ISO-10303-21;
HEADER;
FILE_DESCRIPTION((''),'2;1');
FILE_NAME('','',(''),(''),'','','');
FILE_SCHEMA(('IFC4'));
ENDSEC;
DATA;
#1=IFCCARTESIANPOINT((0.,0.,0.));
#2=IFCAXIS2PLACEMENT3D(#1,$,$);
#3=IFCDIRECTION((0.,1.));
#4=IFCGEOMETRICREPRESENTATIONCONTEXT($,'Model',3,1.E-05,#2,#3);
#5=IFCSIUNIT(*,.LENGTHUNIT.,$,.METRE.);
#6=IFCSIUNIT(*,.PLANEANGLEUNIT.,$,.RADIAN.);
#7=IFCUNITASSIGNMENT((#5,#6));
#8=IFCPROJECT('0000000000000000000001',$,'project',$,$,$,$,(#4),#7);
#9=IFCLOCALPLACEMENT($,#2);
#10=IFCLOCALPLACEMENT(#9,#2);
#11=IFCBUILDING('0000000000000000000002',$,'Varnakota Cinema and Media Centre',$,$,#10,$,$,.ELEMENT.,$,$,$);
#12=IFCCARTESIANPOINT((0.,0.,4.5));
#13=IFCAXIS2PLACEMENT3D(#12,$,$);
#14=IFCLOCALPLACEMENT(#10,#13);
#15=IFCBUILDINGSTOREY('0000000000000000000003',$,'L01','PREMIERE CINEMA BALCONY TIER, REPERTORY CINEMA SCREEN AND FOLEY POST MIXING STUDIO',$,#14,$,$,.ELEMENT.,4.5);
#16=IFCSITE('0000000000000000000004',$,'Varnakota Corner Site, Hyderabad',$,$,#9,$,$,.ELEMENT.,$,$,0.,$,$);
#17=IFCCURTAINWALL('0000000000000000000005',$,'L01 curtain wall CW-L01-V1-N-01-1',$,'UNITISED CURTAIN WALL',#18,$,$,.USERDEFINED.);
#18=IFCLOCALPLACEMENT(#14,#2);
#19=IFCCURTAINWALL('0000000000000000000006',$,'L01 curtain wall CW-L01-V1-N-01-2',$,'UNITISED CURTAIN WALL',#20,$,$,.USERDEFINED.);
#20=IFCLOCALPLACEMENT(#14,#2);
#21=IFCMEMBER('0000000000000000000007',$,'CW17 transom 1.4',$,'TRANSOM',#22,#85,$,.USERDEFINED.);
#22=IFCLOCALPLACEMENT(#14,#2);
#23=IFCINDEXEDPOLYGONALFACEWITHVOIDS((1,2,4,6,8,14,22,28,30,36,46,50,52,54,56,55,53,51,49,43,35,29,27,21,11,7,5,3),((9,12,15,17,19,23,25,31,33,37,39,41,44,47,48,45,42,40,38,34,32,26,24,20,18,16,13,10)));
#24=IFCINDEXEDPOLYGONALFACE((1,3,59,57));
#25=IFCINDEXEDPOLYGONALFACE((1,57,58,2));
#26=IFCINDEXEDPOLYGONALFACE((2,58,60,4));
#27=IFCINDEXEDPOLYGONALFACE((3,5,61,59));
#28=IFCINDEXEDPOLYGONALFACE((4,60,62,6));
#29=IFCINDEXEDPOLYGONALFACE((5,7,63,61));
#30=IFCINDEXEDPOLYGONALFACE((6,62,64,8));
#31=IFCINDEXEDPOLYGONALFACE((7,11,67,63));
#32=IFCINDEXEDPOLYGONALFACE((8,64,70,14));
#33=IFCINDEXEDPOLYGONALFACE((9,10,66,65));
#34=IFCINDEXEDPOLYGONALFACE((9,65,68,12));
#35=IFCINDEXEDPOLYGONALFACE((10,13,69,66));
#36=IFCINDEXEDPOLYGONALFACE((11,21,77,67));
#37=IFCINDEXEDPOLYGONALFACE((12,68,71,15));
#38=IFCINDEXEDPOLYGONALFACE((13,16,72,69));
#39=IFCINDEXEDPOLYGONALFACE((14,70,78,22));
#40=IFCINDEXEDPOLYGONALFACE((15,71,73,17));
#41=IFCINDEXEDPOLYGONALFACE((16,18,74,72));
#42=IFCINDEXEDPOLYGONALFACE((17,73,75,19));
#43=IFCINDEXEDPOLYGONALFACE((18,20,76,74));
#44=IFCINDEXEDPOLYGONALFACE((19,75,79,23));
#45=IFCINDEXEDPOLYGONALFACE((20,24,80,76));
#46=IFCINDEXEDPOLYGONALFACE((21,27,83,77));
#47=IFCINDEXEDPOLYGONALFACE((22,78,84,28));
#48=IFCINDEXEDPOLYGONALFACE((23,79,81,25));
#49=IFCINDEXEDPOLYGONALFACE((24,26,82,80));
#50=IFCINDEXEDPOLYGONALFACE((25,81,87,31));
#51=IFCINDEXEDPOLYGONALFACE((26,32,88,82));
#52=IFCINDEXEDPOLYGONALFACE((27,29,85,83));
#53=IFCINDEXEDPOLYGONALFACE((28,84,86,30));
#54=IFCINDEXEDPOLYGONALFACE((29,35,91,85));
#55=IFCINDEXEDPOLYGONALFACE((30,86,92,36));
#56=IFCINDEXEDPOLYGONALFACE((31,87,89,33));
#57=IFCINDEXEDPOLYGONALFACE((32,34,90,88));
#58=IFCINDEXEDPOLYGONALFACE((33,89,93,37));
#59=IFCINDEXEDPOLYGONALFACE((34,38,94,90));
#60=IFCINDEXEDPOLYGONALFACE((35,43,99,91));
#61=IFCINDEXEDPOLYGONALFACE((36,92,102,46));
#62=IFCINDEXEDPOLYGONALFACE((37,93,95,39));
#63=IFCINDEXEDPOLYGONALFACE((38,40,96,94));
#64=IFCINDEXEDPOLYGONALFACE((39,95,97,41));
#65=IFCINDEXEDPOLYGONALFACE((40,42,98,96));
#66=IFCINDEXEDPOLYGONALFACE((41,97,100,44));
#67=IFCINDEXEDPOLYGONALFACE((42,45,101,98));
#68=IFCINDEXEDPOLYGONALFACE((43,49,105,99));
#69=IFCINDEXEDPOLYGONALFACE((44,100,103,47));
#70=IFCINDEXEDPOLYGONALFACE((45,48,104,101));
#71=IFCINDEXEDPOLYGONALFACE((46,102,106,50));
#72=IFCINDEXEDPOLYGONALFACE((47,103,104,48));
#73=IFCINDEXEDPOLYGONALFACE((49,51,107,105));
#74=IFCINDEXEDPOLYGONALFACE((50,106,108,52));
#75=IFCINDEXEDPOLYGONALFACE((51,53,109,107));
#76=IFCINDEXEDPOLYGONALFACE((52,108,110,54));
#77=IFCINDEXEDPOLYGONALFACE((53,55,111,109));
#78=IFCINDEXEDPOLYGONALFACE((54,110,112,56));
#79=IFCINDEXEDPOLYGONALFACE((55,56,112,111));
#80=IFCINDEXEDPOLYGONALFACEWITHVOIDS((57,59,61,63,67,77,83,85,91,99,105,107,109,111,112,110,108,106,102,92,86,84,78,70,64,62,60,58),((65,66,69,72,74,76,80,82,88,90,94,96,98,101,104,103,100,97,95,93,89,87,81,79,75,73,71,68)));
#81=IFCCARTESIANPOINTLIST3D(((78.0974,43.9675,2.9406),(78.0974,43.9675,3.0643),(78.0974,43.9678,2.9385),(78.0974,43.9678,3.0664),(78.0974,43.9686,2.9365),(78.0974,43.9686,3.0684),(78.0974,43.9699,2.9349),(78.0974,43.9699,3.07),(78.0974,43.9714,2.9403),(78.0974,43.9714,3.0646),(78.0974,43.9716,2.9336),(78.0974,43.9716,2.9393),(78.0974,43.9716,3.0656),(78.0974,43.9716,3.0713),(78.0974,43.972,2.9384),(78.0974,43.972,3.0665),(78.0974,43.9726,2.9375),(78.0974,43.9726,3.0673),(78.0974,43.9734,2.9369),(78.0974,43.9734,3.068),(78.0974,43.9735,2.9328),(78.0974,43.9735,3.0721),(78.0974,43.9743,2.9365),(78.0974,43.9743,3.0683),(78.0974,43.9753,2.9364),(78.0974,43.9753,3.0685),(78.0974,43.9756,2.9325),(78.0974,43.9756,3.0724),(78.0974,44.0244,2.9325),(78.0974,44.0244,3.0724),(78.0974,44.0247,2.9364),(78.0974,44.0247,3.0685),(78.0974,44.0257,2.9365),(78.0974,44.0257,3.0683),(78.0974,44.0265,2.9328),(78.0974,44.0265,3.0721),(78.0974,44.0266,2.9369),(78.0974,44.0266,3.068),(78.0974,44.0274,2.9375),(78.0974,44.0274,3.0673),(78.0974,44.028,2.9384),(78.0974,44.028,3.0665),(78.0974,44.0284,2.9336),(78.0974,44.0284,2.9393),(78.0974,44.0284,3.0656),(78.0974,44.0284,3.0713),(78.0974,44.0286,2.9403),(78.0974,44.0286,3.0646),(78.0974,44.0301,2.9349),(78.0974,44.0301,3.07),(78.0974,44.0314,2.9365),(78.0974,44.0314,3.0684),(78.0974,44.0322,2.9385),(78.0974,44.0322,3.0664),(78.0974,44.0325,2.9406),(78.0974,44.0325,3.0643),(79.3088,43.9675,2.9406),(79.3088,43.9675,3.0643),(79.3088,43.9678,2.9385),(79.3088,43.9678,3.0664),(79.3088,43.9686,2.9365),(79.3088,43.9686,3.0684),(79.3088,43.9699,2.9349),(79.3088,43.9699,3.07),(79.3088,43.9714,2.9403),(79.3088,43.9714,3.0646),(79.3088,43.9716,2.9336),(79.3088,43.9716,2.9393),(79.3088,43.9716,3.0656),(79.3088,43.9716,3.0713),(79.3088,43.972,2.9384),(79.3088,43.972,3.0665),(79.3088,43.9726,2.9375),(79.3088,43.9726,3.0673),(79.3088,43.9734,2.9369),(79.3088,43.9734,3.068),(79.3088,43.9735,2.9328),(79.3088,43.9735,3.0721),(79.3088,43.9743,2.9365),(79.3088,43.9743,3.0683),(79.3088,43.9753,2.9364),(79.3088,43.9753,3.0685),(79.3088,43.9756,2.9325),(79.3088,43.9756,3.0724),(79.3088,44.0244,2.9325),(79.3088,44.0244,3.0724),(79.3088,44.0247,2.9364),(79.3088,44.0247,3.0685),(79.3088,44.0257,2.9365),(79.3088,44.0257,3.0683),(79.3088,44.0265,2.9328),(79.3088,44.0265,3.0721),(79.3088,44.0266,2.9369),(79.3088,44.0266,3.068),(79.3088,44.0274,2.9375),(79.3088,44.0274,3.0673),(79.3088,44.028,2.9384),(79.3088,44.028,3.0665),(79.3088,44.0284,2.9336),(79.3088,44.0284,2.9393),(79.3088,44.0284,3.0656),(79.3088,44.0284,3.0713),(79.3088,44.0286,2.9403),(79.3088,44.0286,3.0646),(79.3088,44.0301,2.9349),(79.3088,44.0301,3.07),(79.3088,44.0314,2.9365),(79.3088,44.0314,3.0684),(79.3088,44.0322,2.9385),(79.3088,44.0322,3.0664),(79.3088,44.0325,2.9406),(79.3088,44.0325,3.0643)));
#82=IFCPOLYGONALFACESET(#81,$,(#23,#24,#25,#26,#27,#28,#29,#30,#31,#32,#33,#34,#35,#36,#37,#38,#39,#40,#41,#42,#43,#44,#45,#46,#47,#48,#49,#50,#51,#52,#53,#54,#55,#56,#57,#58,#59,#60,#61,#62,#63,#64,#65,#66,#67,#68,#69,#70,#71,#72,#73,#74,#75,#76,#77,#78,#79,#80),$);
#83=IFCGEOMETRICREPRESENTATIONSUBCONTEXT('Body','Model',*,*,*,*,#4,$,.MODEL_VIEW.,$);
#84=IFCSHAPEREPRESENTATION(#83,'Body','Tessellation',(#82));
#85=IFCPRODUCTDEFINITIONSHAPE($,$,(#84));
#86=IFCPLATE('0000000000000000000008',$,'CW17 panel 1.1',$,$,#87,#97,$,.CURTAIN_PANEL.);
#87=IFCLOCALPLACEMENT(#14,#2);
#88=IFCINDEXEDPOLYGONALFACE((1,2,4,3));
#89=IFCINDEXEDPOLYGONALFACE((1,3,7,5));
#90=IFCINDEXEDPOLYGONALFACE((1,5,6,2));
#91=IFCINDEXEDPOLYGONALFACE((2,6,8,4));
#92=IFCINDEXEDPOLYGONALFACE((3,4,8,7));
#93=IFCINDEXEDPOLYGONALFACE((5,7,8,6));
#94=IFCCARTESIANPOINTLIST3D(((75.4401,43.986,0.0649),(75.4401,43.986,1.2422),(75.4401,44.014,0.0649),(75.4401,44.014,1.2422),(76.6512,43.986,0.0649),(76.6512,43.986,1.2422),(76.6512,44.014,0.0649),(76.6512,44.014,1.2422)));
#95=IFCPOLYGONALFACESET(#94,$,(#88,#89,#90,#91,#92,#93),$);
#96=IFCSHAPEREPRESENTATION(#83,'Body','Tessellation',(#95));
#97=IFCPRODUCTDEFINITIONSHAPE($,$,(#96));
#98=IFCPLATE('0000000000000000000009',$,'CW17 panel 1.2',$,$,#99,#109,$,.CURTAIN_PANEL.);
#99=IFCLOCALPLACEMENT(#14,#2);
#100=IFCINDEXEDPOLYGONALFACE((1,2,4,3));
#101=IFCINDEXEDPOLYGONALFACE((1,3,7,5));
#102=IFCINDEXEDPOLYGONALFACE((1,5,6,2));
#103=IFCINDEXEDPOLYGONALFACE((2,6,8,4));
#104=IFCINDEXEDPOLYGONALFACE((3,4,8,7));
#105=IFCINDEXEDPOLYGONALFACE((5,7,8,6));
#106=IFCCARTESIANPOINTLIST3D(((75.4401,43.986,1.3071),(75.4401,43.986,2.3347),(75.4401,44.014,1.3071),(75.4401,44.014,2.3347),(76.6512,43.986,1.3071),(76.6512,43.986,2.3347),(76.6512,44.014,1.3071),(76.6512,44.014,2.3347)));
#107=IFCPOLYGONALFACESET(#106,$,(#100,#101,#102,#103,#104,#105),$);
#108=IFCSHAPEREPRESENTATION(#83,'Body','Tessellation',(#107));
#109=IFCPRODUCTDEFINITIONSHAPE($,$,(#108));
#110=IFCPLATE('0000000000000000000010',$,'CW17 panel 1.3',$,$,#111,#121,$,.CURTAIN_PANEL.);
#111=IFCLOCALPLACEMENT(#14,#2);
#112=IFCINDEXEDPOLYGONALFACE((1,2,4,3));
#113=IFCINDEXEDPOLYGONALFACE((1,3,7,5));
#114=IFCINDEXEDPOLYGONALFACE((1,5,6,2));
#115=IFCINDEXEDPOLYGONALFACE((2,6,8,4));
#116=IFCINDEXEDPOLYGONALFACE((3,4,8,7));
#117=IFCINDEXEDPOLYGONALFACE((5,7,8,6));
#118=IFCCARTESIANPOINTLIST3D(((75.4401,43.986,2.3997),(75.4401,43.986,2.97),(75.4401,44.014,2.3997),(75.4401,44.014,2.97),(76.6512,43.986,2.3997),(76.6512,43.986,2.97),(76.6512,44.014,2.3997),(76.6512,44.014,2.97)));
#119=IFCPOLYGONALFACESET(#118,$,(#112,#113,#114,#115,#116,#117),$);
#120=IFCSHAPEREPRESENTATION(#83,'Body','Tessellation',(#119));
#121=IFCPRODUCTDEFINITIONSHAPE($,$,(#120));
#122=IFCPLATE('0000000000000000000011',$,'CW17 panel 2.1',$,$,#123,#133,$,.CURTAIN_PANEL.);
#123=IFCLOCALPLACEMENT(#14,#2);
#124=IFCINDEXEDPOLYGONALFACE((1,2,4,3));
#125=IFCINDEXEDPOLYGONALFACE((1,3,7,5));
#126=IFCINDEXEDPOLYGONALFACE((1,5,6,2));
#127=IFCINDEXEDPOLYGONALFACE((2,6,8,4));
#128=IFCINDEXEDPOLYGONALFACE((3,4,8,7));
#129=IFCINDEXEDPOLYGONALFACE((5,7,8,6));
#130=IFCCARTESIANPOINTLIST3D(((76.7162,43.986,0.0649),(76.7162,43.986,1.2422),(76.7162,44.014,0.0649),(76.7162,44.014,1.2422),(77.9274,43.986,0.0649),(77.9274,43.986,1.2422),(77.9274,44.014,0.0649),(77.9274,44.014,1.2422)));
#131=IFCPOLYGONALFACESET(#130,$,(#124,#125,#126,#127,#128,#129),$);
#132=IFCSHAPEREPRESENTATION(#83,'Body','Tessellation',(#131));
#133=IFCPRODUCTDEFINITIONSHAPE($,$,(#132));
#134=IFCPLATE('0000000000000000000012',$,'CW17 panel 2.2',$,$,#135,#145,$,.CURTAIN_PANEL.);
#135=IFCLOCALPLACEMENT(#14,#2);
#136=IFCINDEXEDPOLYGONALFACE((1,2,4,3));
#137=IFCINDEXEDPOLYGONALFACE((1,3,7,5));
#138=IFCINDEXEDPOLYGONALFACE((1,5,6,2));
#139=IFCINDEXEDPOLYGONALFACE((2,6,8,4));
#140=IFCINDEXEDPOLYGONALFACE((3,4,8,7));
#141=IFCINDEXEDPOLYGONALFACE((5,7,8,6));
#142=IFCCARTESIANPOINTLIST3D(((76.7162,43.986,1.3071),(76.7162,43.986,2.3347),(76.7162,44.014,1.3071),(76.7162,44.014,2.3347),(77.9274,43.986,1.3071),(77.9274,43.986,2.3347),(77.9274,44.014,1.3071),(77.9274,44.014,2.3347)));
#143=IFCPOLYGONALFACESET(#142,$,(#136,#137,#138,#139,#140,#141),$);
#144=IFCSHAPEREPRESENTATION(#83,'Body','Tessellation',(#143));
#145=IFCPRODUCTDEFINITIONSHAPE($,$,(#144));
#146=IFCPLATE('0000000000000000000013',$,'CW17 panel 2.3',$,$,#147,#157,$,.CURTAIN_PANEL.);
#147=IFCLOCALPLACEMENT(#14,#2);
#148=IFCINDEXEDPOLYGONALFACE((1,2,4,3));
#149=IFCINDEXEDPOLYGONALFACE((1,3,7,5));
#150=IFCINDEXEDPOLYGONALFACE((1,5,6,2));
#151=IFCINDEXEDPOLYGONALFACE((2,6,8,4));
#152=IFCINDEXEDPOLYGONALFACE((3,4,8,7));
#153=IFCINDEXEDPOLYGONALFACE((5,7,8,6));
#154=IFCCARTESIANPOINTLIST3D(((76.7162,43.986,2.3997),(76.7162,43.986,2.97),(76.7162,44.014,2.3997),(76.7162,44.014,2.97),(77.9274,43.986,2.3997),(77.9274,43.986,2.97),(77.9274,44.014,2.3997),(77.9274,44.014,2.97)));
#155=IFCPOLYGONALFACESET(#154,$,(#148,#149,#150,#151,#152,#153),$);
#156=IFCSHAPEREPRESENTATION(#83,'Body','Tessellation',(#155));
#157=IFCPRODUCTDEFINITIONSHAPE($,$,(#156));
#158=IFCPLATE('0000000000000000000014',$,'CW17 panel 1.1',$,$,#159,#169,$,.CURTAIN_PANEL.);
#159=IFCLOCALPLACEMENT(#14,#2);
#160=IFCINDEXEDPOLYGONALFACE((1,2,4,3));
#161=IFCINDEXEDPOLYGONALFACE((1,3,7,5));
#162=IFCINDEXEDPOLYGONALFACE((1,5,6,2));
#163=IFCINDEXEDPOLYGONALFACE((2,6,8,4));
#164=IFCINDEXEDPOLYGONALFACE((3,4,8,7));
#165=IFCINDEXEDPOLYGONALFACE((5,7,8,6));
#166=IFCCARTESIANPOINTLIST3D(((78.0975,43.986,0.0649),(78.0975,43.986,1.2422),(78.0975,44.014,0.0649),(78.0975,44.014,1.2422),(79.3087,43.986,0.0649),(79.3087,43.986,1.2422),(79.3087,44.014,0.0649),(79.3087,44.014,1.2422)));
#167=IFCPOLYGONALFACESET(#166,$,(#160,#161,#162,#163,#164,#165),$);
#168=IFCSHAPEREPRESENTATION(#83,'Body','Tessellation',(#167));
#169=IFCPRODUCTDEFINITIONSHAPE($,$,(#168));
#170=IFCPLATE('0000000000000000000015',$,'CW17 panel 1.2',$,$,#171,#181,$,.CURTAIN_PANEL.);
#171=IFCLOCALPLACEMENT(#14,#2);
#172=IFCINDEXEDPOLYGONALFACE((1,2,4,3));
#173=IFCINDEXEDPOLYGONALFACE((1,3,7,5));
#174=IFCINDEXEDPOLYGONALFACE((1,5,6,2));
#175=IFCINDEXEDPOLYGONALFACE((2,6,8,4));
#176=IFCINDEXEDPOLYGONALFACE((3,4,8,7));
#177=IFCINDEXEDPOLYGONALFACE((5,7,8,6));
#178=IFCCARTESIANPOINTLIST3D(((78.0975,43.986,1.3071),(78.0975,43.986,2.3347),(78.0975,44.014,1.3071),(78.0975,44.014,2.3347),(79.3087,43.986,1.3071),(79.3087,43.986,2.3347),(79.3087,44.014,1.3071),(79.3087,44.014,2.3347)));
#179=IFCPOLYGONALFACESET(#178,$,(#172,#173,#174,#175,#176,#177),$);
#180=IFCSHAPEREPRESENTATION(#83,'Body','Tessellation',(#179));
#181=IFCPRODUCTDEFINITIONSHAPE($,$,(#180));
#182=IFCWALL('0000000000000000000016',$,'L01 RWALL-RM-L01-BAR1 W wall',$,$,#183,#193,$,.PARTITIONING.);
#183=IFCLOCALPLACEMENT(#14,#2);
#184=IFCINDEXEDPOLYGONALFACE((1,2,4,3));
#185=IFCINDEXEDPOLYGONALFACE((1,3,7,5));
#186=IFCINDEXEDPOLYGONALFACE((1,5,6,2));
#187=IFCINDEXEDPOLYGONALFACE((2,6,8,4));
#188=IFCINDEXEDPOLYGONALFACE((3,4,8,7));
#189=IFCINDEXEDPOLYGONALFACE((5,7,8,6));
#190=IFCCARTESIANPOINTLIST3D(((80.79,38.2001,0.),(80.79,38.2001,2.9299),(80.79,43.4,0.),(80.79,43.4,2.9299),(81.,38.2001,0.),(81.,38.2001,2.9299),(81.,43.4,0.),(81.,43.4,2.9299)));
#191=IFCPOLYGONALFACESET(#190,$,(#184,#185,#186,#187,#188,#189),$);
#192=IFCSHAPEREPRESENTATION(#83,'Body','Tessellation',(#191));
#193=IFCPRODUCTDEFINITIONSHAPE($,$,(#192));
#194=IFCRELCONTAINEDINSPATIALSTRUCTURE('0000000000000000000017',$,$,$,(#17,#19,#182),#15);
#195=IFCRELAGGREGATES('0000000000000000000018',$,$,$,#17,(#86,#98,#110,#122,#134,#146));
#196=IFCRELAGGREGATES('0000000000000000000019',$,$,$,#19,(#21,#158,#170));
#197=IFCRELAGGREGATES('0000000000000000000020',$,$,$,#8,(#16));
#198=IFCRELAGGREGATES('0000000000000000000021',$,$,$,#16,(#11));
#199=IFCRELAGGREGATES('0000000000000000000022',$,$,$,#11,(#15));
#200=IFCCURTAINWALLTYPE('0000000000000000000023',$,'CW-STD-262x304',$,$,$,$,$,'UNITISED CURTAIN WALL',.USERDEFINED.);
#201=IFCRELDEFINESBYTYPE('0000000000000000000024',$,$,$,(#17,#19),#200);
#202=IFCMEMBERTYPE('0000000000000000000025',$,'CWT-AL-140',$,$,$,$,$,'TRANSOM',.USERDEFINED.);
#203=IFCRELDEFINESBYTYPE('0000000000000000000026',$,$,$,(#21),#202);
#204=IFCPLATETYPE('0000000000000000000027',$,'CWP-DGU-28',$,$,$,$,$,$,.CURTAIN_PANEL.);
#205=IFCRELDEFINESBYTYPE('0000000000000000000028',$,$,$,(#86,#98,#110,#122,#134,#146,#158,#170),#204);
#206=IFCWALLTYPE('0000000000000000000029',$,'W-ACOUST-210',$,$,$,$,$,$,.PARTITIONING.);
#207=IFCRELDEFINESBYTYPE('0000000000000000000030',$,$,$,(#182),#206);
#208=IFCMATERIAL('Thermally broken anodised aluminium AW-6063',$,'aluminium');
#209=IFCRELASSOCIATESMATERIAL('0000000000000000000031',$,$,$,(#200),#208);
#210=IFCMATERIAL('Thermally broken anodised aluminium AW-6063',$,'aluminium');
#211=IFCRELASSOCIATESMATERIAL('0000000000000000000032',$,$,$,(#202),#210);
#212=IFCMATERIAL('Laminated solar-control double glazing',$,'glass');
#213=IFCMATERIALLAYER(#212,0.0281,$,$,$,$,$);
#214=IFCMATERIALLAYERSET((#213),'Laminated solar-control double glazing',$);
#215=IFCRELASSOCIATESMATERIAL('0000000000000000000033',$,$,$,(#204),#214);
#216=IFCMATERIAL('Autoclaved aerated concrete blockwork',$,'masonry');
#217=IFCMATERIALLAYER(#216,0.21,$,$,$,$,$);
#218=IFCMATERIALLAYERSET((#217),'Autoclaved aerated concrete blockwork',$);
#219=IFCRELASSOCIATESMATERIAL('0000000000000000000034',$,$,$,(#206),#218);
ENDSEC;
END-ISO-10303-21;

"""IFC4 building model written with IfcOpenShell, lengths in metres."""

from ifc_helpers import new_model, si_unit, direction, frame, frame_2d, origin, origin_2d, place, context, subcontext, project, spatial, rectangle, hollow_rectangle, extrude, material, layer, layer_set, material_profile, profile_set, type_object, element, aggregate, save


model = new_model("IFC4")

# Units and contexts
model_context = context("Model", 3, precision=1e-05, world=origin(), true_north=direction((0.0, 1.0)))
body_context = subcontext(model_context, "Body", "Model", "MODEL_VIEW")
ifc_project = project(units=[si_unit("LENGTHUNIT", "METRE"), si_unit("PLANEANGLEUNIT", "RADIAN")], contexts=[model_context])

# Site, building, storey
site_placement = place(None, origin())
site = spatial("IfcSite", under=ifc_project, at=site_placement, Name="Varnakota Corner Site, Hyderabad", CompositionType="ELEMENT", RefElevation=0.0)
building_placement = place(site_placement, origin())
building = spatial("IfcBuilding", under=site, at=building_placement, Name="Varnakota Cinema and Media Centre", CompositionType="ELEMENT")
storey_placement = place(building_placement, frame((0.0, 0.0, 4.5)))
storey = spatial("IfcBuildingStorey", under=building, at=storey_placement, Name="L01", Description="PREMIERE CINEMA BALCONY TIER, REPERTORY CINEMA SCREEN AND FOLEY POST MIXING STUDIO", CompositionType="ELEMENT", Elevation=4.5)

# Curtain wall
ifc_material_1 = material(Name="Thermally broken anodised aluminium AW-6063", Category="aluminium")
curtain_wall_type = type_object("IfcCurtainWallType", Name="CW-STD-262x304", ElementType="UNITISED CURTAIN WALL", PredefinedType="USERDEFINED", material=ifc_material_1)
curtain_wall_1_placement = place(storey_placement, origin())
curtain_wall_1 = element("IfcCurtainWall", 1, at=curtain_wall_1_placement, inside=storey, type_object=curtain_wall_type, Name="L01 curtain wall CW-L01-V1-N-01-1", ObjectType="UNITISED CURTAIN WALL", PredefinedType="USERDEFINED")

# Curtain wall
curtain_wall_2_placement = place(storey_placement, origin())
curtain_wall_2 = element("IfcCurtainWall", 2, at=curtain_wall_2_placement, inside=storey, type_object=curtain_wall_type, Name="L01 curtain wall CW-L01-V1-N-01-2", ObjectType="UNITISED CURTAIN WALL", PredefinedType="USERDEFINED")

# Member
ifc_material_2 = material(Name="Thermally broken anodised aluminium AW-6063", Category="aluminium")
ifc_material_profile_1 = material_profile(ifc_material_2, hollow_rectangle(XDim=0.0649, YDim=0.1399, WallThickness=0.0039, InnerFilletRadius=0.0039, OuterFilletRadius=0.0081, at=origin_2d()), Name="AL-TRANSOM 140x65x4")
ifc_profile_set_1 = profile_set([ifc_material_profile_1], Name="Thermally broken anodised aluminium AW-6063")
member_type_1 = type_object("IfcMemberType", Name="CWT-AL-140", ElementType="TRANSOM", PredefinedType="USERDEFINED", material=ifc_profile_set_1)
member_1_placement = place(storey_placement, frame((78.0974, 44.0, 3.0024), z_axis=(1.0, 0.0, 0.0), x_axis=(0.0, 1.0, 0.0)))
member_1 = element("IfcMember", 3, at=member_1_placement, type_object=member_type_1, Name="CW17 transom 1.4", ObjectType="TRANSOM", PredefinedType="USERDEFINED", context=body_context, shape_type="SweptSolid", body=[
    extrude(hollow_rectangle(XDim=0.0649, YDim=0.1399, WallThickness=0.0039, InnerFilletRadius=0.0039, OuterFilletRadius=0.0081, at=origin_2d()), origin(), (0.0, 0.0, 1.0), 1.2114),
])

# Plates
ifc_material_3 = material(Name="Laminated solar-control double glazing", Category="glass")
ifc_layer_1 = layer(ifc_material_3, 0.0281)
ifc_layer_set_1 = layer_set([ifc_layer_1], Name="Laminated solar-control double glazing")
plate_type = type_object("IfcPlateType", Name="CWP-DGU-28", PredefinedType="CURTAIN_PANEL", material=ifc_layer_set_1)
plate_1_placement = place(storey_placement, frame((76.0457, 44.0, 0.0649), z_axis=(0.0, 0.0, 1.0), x_axis=(1.0, 0.0, 0.0)))
plate_1 = element("IfcPlate", 4, at=plate_1_placement, type_object=plate_type, Name="CW17 panel 1.1", PredefinedType="CURTAIN_PANEL", context=body_context, shape_type="SweptSolid", body=[
    extrude(rectangle(XDim=1.2112, YDim=0.0281, at=origin_2d()), origin(), (0.0, 0.0, 1.0), 1.1772),
])
plate_2_placement = place(storey_placement, frame((76.0457, 44.0, 1.3071), z_axis=(0.0, 0.0, 1.0), x_axis=(1.0, 0.0, 0.0)))
plate_2 = element("IfcPlate", 5, at=plate_2_placement, type_object=plate_type, Name="CW17 panel 1.2", PredefinedType="CURTAIN_PANEL", context=body_context, shape_type="SweptSolid", body=[
    extrude(rectangle(XDim=1.2112, YDim=0.0281, at=origin_2d()), origin(), (0.0, 0.0, 1.0), 1.0276),
])
plate_3_placement = place(storey_placement, frame((76.0457, 44.0, 2.3997), z_axis=(0.0, 0.0, 1.0), x_axis=(1.0, 0.0, 0.0)))
plate_3 = element("IfcPlate", 6, at=plate_3_placement, type_object=plate_type, Name="CW17 panel 1.3", PredefinedType="CURTAIN_PANEL", context=body_context, shape_type="SweptSolid", body=[
    extrude(rectangle(XDim=1.2112, YDim=0.0281, at=origin_2d()), origin(), (0.0, 0.0, 1.0), 0.5703),
])
plate_4_placement = place(storey_placement, frame((77.3218, 44.0, 0.0649), z_axis=(0.0, 0.0, 1.0), x_axis=(1.0, 0.0, 0.0)))
plate_4 = element("IfcPlate", 7, at=plate_4_placement, type_object=plate_type, Name="CW17 panel 2.1", PredefinedType="CURTAIN_PANEL", context=body_context, shape_type="SweptSolid", body=[
    extrude(rectangle(XDim=1.2112, YDim=0.0281, at=origin_2d()), origin(), (0.0, 0.0, 1.0), 1.1772),
])
plate_5_placement = place(storey_placement, frame((77.3218, 44.0, 1.3071), z_axis=(0.0, 0.0, 1.0), x_axis=(1.0, 0.0, 0.0)))
plate_5 = element("IfcPlate", 8, at=plate_5_placement, type_object=plate_type, Name="CW17 panel 2.2", PredefinedType="CURTAIN_PANEL", context=body_context, shape_type="SweptSolid", body=[
    extrude(rectangle(XDim=1.2112, YDim=0.0281, at=origin_2d()), origin(), (0.0, 0.0, 1.0), 1.0276),
])
plate_6_placement = place(storey_placement, frame((77.3218, 44.0, 2.3997), z_axis=(0.0, 0.0, 1.0), x_axis=(1.0, 0.0, 0.0)))
plate_6 = element("IfcPlate", 9, at=plate_6_placement, type_object=plate_type, Name="CW17 panel 2.3", PredefinedType="CURTAIN_PANEL", context=body_context, shape_type="SweptSolid", body=[
    extrude(rectangle(XDim=1.2112, YDim=0.0281, at=origin_2d()), origin(), (0.0, 0.0, 1.0), 0.5703),
])
aggregate(curtain_wall_1, [plate_1, plate_2, plate_3, plate_4, plate_5, plate_6])
plate_7_placement = place(storey_placement, frame((78.7031, 44.0, 0.0649), z_axis=(0.0, 0.0, 1.0), x_axis=(1.0, 0.0, 0.0)))
plate_7 = element("IfcPlate", 10, at=plate_7_placement, type_object=plate_type, Name="CW17 panel 1.1", PredefinedType="CURTAIN_PANEL", context=body_context, shape_type="SweptSolid", body=[
    extrude(rectangle(XDim=1.2112, YDim=0.0281, at=origin_2d()), origin(), (0.0, 0.0, 1.0), 1.1772),
])
plate_8_placement = place(storey_placement, frame((78.7031, 44.0, 1.3071), z_axis=(0.0, 0.0, 1.0), x_axis=(1.0, 0.0, 0.0)))
plate_8 = element("IfcPlate", 11, at=plate_8_placement, type_object=plate_type, Name="CW17 panel 1.2", PredefinedType="CURTAIN_PANEL", context=body_context, shape_type="SweptSolid", body=[
    extrude(rectangle(XDim=1.2112, YDim=0.0281, at=origin_2d()), origin(), (0.0, 0.0, 1.0), 1.0276),
])
aggregate(curtain_wall_2, [member_1, plate_7, plate_8])

# Wall
ifc_material_4 = material(Name="Autoclaved aerated concrete blockwork", Category="masonry")
ifc_layer_2 = layer(ifc_material_4, 0.21)
ifc_layer_set_2 = layer_set([ifc_layer_2], Name="Autoclaved aerated concrete blockwork")
wall_type_1 = type_object("IfcWallType", Name="W-ACOUST-210", PredefinedType="PARTITIONING", material=ifc_layer_set_2)
wall_1_placement = place(storey_placement, frame((80.895, 38.2, 0.0), z_axis=(0.0, 0.0, 1.0), x_axis=(0.0, 1.0, 0.0)))
element("IfcWall", 12, at=wall_1_placement, inside=storey, type_object=wall_type_1, Name="L01 RWALL-RM-L01-BAR1 W wall", PredefinedType="PARTITIONING", context=body_context, shape_type="SweptSolid", body=[
    extrude(rectangle(XDim=5.2, YDim=0.21, at=frame_2d((2.6001, 0.0))), origin(), (0.0, 0.0, 1.0), 2.9299),
])

save(model, "model.ifc")
